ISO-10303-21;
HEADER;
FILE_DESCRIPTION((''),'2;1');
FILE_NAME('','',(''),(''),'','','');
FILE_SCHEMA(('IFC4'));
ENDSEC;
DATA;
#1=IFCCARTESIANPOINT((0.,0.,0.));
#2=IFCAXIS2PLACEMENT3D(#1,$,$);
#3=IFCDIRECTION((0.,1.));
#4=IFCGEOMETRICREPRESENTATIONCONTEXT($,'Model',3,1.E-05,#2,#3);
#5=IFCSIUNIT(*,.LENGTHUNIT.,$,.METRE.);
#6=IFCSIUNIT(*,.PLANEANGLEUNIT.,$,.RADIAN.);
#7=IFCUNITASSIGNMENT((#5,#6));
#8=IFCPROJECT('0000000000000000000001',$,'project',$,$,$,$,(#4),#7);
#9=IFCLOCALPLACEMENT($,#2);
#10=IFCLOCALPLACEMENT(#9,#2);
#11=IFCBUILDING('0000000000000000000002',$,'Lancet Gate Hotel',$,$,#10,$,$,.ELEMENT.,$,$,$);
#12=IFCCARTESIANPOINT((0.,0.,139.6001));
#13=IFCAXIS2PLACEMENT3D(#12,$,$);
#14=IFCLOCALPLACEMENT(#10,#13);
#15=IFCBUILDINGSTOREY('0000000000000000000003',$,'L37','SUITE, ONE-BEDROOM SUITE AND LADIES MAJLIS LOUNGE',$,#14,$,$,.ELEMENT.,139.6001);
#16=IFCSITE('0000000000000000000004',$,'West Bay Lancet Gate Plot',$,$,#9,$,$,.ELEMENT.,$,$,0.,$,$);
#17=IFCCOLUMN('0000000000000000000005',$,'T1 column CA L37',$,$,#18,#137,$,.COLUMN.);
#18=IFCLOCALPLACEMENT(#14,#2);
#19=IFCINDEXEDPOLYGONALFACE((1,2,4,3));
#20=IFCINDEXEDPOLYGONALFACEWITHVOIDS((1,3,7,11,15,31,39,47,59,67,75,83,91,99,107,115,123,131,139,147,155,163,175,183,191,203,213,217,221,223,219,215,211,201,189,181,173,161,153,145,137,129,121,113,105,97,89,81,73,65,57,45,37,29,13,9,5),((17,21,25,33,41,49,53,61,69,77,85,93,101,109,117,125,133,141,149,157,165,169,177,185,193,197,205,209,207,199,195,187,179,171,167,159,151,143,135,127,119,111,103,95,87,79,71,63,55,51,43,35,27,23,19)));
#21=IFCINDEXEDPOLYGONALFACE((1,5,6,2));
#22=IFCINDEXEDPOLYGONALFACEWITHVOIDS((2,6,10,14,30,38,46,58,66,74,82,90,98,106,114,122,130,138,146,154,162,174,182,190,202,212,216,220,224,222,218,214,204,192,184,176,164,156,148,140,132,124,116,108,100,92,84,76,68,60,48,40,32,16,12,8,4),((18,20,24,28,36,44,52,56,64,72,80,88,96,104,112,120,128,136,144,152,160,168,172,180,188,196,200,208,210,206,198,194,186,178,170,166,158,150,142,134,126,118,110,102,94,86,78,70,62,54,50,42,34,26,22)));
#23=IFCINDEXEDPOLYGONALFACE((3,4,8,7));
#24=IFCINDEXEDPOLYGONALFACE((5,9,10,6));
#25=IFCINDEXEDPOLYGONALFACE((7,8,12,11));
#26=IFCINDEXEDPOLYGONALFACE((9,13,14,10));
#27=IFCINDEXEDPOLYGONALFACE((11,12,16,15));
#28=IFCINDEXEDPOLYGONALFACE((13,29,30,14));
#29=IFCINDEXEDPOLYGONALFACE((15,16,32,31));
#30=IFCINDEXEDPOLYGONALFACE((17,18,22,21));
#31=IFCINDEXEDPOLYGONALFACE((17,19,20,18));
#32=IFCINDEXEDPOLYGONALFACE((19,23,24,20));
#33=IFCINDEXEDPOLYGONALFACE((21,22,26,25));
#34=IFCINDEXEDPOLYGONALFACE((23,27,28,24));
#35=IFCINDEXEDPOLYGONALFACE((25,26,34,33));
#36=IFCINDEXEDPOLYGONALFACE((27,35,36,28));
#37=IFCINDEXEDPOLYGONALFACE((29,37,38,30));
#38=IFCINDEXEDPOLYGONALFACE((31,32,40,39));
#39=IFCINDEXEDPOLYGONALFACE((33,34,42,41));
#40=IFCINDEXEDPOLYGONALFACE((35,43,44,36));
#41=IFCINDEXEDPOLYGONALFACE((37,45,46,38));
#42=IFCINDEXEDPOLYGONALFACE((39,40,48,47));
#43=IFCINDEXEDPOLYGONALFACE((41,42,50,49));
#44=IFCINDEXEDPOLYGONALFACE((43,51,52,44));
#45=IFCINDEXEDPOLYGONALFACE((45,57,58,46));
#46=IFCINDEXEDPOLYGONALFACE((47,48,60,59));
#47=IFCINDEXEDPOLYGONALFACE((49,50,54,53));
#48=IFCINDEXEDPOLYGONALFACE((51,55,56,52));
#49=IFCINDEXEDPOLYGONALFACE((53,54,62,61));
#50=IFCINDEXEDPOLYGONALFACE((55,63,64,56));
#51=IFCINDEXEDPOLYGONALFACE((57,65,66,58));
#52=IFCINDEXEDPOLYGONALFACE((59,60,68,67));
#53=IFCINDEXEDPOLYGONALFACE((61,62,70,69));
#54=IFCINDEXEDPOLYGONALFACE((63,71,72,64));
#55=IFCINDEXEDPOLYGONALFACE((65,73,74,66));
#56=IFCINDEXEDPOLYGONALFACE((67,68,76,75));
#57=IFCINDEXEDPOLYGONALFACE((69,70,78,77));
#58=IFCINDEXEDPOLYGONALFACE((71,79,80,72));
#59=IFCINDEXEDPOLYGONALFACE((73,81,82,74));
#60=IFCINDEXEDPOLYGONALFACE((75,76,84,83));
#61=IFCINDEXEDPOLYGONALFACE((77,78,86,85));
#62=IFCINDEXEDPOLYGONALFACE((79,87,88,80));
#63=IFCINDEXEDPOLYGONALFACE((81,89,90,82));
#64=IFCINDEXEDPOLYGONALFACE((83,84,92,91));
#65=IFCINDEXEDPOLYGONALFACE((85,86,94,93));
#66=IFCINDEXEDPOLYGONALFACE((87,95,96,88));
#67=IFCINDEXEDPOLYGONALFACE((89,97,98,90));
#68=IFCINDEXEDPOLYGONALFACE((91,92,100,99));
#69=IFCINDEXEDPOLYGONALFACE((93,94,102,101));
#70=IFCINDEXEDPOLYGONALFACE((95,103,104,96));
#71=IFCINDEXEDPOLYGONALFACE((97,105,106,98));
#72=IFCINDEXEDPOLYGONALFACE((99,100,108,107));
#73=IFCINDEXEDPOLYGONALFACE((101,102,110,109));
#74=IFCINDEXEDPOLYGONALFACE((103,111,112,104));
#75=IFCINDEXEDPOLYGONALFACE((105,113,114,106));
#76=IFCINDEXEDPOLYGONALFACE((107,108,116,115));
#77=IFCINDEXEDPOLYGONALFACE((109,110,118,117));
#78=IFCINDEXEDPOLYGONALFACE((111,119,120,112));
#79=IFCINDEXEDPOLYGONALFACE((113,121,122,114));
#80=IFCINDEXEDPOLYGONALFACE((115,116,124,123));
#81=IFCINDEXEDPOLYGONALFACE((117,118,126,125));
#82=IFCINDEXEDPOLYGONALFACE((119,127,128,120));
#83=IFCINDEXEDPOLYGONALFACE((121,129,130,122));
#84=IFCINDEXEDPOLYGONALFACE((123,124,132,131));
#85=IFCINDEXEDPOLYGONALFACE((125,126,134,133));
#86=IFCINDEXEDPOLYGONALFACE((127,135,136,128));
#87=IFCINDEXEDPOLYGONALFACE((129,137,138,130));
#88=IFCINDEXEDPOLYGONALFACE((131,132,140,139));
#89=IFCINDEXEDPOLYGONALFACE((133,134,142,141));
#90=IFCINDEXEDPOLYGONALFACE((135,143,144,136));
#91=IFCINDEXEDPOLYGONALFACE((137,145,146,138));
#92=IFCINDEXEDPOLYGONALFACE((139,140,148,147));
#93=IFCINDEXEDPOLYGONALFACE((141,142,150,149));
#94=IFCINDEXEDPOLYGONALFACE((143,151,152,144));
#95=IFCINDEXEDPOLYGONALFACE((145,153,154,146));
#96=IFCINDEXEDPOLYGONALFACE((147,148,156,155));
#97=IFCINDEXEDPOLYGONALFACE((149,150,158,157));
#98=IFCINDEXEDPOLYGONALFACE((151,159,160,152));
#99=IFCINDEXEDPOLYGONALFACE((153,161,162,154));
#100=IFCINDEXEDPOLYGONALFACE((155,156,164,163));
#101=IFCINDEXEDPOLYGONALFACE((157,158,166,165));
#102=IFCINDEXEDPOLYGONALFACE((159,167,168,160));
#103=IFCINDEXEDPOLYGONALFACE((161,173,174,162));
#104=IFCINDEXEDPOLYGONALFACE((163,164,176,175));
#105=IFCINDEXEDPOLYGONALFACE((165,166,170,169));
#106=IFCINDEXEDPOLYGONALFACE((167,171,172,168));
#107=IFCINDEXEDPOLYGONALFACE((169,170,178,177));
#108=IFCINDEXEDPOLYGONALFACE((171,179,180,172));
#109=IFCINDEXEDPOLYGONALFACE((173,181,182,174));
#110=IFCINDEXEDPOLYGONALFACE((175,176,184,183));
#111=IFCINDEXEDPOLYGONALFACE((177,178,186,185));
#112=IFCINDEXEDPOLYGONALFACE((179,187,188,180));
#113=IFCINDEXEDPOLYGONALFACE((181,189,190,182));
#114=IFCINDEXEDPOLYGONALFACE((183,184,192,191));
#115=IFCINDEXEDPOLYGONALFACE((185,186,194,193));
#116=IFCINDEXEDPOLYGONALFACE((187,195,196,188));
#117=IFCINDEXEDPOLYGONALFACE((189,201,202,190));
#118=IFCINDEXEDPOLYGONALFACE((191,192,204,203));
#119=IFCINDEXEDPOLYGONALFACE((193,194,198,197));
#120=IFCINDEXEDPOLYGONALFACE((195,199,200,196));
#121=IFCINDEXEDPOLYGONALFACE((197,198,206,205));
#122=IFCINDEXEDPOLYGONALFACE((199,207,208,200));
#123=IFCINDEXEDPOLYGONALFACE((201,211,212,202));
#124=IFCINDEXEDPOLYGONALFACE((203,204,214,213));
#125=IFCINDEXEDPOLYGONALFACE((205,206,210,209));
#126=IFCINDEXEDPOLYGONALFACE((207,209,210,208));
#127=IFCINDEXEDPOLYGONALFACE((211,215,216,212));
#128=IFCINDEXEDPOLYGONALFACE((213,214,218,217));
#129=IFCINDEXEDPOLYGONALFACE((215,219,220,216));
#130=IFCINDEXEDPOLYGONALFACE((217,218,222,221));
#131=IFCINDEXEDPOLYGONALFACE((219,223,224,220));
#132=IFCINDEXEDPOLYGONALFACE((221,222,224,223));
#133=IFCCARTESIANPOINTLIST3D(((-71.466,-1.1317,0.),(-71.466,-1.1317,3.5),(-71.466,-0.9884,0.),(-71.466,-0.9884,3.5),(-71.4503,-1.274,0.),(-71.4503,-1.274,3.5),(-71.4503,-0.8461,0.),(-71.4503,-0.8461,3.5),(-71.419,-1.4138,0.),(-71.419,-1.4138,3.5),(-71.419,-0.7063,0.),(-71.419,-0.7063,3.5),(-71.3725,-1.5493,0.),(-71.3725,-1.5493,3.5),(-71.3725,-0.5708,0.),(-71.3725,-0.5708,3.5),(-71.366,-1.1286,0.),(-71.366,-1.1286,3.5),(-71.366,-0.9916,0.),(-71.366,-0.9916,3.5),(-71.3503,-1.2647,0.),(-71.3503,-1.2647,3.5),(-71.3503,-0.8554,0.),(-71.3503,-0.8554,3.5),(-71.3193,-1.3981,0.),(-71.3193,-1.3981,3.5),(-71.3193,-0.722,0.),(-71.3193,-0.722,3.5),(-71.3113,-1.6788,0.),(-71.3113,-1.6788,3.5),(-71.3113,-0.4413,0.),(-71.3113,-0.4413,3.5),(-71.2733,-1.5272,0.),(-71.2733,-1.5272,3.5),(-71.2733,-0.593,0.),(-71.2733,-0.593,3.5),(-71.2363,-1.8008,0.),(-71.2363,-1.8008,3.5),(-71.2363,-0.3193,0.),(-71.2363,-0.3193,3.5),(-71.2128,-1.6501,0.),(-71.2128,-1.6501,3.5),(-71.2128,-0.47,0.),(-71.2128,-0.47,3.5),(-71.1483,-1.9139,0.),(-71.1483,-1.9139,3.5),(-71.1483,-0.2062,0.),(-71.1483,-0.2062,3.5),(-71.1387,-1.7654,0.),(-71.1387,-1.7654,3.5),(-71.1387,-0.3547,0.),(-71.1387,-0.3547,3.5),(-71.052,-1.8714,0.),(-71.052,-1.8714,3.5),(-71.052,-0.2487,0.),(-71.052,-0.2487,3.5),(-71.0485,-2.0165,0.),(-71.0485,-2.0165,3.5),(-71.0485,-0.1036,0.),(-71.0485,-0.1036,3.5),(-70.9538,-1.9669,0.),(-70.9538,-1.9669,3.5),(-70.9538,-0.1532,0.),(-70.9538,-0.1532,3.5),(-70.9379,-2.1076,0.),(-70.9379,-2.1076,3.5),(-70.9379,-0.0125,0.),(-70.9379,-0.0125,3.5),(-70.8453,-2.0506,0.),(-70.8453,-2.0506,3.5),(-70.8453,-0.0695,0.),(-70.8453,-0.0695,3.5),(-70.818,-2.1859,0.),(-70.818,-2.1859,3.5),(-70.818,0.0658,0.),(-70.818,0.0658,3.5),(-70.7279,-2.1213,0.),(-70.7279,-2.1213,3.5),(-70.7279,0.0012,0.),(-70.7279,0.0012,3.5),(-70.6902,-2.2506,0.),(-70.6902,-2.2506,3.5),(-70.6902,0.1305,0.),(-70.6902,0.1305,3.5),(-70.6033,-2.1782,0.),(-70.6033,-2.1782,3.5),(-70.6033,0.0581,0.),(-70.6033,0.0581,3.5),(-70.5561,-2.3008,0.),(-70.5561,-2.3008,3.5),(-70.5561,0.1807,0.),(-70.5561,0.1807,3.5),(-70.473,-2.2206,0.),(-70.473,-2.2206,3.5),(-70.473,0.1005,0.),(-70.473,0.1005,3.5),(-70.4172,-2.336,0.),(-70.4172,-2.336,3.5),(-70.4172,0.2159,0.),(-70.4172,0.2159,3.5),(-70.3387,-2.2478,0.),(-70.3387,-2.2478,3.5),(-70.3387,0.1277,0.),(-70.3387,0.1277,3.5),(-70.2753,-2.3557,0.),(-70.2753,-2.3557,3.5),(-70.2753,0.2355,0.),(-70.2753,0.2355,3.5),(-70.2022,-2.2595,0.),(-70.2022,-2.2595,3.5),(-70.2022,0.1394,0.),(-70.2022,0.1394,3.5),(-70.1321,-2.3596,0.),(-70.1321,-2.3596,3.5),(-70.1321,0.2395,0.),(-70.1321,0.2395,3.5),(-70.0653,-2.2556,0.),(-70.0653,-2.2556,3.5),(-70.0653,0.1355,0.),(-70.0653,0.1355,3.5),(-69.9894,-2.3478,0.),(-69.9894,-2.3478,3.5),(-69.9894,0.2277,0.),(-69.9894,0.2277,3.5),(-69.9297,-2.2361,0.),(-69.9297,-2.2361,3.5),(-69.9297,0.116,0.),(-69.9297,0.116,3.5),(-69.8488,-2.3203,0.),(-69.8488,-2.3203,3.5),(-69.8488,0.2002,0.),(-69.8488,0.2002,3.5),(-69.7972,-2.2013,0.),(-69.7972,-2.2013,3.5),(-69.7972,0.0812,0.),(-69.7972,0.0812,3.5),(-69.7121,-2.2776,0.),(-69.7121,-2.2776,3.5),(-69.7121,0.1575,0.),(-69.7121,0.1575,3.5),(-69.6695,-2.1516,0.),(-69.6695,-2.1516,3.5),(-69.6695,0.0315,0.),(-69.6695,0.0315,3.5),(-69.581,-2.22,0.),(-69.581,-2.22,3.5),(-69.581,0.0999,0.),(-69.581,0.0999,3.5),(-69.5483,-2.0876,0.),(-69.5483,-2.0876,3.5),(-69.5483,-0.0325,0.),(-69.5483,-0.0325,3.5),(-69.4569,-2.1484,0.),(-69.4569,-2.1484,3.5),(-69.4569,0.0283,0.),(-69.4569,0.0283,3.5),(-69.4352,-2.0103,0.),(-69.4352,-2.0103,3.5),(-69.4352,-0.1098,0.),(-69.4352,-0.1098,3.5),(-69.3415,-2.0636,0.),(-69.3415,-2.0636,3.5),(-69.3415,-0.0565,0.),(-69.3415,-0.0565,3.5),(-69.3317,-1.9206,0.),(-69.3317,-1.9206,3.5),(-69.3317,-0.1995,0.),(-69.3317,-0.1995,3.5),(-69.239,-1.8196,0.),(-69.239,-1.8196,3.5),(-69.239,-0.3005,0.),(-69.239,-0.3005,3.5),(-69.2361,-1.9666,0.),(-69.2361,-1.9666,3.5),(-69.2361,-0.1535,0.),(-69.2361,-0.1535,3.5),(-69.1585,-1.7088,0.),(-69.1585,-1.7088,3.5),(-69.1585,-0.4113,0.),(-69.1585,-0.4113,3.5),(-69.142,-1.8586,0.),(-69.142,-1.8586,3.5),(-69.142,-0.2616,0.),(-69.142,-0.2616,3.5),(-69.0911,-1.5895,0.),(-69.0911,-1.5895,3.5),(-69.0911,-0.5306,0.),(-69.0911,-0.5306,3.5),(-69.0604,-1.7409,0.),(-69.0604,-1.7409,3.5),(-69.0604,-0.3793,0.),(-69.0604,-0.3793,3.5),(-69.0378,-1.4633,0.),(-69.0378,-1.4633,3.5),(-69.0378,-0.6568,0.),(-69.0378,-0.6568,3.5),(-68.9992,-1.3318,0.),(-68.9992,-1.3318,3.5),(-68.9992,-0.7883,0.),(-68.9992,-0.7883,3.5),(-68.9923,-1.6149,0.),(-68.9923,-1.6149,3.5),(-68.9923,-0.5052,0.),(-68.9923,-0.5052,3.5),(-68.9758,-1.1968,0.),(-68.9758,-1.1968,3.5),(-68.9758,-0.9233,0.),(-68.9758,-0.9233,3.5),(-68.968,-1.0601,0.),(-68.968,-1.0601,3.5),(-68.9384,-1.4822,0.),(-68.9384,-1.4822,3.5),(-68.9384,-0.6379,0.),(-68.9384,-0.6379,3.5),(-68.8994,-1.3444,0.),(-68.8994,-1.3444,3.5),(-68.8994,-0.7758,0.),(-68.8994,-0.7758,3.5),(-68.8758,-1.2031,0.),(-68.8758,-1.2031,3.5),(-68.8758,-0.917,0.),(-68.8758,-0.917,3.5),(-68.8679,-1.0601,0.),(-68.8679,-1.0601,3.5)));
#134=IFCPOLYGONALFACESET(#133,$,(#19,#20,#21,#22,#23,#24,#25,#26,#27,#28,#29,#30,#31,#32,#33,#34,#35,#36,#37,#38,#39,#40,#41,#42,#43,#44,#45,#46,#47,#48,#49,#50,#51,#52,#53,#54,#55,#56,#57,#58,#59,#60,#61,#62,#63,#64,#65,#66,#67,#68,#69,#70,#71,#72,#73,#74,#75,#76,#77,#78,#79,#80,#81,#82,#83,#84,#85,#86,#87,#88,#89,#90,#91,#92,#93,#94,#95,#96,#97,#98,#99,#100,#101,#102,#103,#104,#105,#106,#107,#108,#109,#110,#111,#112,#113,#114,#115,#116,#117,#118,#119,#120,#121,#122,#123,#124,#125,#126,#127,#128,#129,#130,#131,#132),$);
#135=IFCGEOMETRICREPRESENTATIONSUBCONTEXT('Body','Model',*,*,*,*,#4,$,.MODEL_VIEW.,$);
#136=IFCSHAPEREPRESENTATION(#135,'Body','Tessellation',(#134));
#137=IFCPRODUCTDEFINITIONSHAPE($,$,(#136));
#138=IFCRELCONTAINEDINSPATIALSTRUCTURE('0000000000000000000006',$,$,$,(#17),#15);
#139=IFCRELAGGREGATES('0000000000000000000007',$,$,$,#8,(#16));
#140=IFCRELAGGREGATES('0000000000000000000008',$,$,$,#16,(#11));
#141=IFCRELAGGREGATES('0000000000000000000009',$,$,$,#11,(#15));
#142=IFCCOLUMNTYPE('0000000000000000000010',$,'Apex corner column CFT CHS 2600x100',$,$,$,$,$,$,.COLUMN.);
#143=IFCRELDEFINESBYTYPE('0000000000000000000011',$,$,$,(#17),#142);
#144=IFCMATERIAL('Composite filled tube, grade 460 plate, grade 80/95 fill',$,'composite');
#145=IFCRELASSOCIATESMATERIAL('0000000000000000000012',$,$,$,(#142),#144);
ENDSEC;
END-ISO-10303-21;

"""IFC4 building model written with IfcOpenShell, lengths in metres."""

from ifc_helpers import new_model, si_unit, direction, frame, origin, origin_2d, place, context, subcontext, project, spatial, hollow_circle, extrude, material, material_profile, profile_set, type_object, element, save


model = new_model("IFC4")

# Units and contexts
model_context = context("Model", 3, precision=1e-05, world=origin(), true_north=direction((0.0, 1.0)))
body_context = subcontext(model_context, "Body", "Model", "MODEL_VIEW")
ifc_project = project(units=[si_unit("LENGTHUNIT", "METRE"), si_unit("PLANEANGLEUNIT", "RADIAN")], contexts=[model_context])

# Site, building, storey
site_placement = place(None, origin())
site = spatial("IfcSite", under=ifc_project, at=site_placement, Name="West Bay Lancet Gate Plot", CompositionType="ELEMENT", RefElevation=0.0)
building_placement = place(site_placement, origin())
building = spatial("IfcBuilding", under=site, at=building_placement, Name="Lancet Gate Hotel", CompositionType="ELEMENT")
storey_placement = place(building_placement, frame((0.0, 0.0, 139.6001)))
storey = spatial("IfcBuildingStorey", under=building, at=storey_placement, Name="L37", Description="SUITE, ONE-BEDROOM SUITE AND LADIES MAJLIS LOUNGE", CompositionType="ELEMENT", Elevation=139.6001)

# Column
ifc_material_1 = material(Name="Composite filled tube, grade 460 plate, grade 80/95 fill", Category="composite")
ifc_material_profile_1 = material_profile(ifc_material_1, hollow_circle(Radius=1.3, WallThickness=0.1001, at=origin_2d()), Name="CHS 2600x100")
ifc_profile_set_1 = profile_set([ifc_material_profile_1], Name="Composite filled tube, grade 460 plate, grade 80/95 fill")
column_type_1 = type_object("IfcColumnType", Name="Apex corner column CFT CHS 2600x100", PredefinedType="COLUMN", material=ifc_profile_set_1)
column_1_placement = place(storey_placement, frame((-70.168, -1.0601, 0.0), z_axis=(0.0, 0.0, 1.0), x_axis=(1.0, 0.0, 0.0)))
element("IfcColumn", 1, at=column_1_placement, inside=storey, type_object=column_type_1, Name="T1 column CA L37", PredefinedType="COLUMN", context=body_context, shape_type="SweptSolid", body=[
    extrude(hollow_circle(Radius=1.3, WallThickness=0.1001, at=origin_2d()), origin(), (0.0, 0.0, 1.0), 3.5),
])

save(model, "model.ifc")
